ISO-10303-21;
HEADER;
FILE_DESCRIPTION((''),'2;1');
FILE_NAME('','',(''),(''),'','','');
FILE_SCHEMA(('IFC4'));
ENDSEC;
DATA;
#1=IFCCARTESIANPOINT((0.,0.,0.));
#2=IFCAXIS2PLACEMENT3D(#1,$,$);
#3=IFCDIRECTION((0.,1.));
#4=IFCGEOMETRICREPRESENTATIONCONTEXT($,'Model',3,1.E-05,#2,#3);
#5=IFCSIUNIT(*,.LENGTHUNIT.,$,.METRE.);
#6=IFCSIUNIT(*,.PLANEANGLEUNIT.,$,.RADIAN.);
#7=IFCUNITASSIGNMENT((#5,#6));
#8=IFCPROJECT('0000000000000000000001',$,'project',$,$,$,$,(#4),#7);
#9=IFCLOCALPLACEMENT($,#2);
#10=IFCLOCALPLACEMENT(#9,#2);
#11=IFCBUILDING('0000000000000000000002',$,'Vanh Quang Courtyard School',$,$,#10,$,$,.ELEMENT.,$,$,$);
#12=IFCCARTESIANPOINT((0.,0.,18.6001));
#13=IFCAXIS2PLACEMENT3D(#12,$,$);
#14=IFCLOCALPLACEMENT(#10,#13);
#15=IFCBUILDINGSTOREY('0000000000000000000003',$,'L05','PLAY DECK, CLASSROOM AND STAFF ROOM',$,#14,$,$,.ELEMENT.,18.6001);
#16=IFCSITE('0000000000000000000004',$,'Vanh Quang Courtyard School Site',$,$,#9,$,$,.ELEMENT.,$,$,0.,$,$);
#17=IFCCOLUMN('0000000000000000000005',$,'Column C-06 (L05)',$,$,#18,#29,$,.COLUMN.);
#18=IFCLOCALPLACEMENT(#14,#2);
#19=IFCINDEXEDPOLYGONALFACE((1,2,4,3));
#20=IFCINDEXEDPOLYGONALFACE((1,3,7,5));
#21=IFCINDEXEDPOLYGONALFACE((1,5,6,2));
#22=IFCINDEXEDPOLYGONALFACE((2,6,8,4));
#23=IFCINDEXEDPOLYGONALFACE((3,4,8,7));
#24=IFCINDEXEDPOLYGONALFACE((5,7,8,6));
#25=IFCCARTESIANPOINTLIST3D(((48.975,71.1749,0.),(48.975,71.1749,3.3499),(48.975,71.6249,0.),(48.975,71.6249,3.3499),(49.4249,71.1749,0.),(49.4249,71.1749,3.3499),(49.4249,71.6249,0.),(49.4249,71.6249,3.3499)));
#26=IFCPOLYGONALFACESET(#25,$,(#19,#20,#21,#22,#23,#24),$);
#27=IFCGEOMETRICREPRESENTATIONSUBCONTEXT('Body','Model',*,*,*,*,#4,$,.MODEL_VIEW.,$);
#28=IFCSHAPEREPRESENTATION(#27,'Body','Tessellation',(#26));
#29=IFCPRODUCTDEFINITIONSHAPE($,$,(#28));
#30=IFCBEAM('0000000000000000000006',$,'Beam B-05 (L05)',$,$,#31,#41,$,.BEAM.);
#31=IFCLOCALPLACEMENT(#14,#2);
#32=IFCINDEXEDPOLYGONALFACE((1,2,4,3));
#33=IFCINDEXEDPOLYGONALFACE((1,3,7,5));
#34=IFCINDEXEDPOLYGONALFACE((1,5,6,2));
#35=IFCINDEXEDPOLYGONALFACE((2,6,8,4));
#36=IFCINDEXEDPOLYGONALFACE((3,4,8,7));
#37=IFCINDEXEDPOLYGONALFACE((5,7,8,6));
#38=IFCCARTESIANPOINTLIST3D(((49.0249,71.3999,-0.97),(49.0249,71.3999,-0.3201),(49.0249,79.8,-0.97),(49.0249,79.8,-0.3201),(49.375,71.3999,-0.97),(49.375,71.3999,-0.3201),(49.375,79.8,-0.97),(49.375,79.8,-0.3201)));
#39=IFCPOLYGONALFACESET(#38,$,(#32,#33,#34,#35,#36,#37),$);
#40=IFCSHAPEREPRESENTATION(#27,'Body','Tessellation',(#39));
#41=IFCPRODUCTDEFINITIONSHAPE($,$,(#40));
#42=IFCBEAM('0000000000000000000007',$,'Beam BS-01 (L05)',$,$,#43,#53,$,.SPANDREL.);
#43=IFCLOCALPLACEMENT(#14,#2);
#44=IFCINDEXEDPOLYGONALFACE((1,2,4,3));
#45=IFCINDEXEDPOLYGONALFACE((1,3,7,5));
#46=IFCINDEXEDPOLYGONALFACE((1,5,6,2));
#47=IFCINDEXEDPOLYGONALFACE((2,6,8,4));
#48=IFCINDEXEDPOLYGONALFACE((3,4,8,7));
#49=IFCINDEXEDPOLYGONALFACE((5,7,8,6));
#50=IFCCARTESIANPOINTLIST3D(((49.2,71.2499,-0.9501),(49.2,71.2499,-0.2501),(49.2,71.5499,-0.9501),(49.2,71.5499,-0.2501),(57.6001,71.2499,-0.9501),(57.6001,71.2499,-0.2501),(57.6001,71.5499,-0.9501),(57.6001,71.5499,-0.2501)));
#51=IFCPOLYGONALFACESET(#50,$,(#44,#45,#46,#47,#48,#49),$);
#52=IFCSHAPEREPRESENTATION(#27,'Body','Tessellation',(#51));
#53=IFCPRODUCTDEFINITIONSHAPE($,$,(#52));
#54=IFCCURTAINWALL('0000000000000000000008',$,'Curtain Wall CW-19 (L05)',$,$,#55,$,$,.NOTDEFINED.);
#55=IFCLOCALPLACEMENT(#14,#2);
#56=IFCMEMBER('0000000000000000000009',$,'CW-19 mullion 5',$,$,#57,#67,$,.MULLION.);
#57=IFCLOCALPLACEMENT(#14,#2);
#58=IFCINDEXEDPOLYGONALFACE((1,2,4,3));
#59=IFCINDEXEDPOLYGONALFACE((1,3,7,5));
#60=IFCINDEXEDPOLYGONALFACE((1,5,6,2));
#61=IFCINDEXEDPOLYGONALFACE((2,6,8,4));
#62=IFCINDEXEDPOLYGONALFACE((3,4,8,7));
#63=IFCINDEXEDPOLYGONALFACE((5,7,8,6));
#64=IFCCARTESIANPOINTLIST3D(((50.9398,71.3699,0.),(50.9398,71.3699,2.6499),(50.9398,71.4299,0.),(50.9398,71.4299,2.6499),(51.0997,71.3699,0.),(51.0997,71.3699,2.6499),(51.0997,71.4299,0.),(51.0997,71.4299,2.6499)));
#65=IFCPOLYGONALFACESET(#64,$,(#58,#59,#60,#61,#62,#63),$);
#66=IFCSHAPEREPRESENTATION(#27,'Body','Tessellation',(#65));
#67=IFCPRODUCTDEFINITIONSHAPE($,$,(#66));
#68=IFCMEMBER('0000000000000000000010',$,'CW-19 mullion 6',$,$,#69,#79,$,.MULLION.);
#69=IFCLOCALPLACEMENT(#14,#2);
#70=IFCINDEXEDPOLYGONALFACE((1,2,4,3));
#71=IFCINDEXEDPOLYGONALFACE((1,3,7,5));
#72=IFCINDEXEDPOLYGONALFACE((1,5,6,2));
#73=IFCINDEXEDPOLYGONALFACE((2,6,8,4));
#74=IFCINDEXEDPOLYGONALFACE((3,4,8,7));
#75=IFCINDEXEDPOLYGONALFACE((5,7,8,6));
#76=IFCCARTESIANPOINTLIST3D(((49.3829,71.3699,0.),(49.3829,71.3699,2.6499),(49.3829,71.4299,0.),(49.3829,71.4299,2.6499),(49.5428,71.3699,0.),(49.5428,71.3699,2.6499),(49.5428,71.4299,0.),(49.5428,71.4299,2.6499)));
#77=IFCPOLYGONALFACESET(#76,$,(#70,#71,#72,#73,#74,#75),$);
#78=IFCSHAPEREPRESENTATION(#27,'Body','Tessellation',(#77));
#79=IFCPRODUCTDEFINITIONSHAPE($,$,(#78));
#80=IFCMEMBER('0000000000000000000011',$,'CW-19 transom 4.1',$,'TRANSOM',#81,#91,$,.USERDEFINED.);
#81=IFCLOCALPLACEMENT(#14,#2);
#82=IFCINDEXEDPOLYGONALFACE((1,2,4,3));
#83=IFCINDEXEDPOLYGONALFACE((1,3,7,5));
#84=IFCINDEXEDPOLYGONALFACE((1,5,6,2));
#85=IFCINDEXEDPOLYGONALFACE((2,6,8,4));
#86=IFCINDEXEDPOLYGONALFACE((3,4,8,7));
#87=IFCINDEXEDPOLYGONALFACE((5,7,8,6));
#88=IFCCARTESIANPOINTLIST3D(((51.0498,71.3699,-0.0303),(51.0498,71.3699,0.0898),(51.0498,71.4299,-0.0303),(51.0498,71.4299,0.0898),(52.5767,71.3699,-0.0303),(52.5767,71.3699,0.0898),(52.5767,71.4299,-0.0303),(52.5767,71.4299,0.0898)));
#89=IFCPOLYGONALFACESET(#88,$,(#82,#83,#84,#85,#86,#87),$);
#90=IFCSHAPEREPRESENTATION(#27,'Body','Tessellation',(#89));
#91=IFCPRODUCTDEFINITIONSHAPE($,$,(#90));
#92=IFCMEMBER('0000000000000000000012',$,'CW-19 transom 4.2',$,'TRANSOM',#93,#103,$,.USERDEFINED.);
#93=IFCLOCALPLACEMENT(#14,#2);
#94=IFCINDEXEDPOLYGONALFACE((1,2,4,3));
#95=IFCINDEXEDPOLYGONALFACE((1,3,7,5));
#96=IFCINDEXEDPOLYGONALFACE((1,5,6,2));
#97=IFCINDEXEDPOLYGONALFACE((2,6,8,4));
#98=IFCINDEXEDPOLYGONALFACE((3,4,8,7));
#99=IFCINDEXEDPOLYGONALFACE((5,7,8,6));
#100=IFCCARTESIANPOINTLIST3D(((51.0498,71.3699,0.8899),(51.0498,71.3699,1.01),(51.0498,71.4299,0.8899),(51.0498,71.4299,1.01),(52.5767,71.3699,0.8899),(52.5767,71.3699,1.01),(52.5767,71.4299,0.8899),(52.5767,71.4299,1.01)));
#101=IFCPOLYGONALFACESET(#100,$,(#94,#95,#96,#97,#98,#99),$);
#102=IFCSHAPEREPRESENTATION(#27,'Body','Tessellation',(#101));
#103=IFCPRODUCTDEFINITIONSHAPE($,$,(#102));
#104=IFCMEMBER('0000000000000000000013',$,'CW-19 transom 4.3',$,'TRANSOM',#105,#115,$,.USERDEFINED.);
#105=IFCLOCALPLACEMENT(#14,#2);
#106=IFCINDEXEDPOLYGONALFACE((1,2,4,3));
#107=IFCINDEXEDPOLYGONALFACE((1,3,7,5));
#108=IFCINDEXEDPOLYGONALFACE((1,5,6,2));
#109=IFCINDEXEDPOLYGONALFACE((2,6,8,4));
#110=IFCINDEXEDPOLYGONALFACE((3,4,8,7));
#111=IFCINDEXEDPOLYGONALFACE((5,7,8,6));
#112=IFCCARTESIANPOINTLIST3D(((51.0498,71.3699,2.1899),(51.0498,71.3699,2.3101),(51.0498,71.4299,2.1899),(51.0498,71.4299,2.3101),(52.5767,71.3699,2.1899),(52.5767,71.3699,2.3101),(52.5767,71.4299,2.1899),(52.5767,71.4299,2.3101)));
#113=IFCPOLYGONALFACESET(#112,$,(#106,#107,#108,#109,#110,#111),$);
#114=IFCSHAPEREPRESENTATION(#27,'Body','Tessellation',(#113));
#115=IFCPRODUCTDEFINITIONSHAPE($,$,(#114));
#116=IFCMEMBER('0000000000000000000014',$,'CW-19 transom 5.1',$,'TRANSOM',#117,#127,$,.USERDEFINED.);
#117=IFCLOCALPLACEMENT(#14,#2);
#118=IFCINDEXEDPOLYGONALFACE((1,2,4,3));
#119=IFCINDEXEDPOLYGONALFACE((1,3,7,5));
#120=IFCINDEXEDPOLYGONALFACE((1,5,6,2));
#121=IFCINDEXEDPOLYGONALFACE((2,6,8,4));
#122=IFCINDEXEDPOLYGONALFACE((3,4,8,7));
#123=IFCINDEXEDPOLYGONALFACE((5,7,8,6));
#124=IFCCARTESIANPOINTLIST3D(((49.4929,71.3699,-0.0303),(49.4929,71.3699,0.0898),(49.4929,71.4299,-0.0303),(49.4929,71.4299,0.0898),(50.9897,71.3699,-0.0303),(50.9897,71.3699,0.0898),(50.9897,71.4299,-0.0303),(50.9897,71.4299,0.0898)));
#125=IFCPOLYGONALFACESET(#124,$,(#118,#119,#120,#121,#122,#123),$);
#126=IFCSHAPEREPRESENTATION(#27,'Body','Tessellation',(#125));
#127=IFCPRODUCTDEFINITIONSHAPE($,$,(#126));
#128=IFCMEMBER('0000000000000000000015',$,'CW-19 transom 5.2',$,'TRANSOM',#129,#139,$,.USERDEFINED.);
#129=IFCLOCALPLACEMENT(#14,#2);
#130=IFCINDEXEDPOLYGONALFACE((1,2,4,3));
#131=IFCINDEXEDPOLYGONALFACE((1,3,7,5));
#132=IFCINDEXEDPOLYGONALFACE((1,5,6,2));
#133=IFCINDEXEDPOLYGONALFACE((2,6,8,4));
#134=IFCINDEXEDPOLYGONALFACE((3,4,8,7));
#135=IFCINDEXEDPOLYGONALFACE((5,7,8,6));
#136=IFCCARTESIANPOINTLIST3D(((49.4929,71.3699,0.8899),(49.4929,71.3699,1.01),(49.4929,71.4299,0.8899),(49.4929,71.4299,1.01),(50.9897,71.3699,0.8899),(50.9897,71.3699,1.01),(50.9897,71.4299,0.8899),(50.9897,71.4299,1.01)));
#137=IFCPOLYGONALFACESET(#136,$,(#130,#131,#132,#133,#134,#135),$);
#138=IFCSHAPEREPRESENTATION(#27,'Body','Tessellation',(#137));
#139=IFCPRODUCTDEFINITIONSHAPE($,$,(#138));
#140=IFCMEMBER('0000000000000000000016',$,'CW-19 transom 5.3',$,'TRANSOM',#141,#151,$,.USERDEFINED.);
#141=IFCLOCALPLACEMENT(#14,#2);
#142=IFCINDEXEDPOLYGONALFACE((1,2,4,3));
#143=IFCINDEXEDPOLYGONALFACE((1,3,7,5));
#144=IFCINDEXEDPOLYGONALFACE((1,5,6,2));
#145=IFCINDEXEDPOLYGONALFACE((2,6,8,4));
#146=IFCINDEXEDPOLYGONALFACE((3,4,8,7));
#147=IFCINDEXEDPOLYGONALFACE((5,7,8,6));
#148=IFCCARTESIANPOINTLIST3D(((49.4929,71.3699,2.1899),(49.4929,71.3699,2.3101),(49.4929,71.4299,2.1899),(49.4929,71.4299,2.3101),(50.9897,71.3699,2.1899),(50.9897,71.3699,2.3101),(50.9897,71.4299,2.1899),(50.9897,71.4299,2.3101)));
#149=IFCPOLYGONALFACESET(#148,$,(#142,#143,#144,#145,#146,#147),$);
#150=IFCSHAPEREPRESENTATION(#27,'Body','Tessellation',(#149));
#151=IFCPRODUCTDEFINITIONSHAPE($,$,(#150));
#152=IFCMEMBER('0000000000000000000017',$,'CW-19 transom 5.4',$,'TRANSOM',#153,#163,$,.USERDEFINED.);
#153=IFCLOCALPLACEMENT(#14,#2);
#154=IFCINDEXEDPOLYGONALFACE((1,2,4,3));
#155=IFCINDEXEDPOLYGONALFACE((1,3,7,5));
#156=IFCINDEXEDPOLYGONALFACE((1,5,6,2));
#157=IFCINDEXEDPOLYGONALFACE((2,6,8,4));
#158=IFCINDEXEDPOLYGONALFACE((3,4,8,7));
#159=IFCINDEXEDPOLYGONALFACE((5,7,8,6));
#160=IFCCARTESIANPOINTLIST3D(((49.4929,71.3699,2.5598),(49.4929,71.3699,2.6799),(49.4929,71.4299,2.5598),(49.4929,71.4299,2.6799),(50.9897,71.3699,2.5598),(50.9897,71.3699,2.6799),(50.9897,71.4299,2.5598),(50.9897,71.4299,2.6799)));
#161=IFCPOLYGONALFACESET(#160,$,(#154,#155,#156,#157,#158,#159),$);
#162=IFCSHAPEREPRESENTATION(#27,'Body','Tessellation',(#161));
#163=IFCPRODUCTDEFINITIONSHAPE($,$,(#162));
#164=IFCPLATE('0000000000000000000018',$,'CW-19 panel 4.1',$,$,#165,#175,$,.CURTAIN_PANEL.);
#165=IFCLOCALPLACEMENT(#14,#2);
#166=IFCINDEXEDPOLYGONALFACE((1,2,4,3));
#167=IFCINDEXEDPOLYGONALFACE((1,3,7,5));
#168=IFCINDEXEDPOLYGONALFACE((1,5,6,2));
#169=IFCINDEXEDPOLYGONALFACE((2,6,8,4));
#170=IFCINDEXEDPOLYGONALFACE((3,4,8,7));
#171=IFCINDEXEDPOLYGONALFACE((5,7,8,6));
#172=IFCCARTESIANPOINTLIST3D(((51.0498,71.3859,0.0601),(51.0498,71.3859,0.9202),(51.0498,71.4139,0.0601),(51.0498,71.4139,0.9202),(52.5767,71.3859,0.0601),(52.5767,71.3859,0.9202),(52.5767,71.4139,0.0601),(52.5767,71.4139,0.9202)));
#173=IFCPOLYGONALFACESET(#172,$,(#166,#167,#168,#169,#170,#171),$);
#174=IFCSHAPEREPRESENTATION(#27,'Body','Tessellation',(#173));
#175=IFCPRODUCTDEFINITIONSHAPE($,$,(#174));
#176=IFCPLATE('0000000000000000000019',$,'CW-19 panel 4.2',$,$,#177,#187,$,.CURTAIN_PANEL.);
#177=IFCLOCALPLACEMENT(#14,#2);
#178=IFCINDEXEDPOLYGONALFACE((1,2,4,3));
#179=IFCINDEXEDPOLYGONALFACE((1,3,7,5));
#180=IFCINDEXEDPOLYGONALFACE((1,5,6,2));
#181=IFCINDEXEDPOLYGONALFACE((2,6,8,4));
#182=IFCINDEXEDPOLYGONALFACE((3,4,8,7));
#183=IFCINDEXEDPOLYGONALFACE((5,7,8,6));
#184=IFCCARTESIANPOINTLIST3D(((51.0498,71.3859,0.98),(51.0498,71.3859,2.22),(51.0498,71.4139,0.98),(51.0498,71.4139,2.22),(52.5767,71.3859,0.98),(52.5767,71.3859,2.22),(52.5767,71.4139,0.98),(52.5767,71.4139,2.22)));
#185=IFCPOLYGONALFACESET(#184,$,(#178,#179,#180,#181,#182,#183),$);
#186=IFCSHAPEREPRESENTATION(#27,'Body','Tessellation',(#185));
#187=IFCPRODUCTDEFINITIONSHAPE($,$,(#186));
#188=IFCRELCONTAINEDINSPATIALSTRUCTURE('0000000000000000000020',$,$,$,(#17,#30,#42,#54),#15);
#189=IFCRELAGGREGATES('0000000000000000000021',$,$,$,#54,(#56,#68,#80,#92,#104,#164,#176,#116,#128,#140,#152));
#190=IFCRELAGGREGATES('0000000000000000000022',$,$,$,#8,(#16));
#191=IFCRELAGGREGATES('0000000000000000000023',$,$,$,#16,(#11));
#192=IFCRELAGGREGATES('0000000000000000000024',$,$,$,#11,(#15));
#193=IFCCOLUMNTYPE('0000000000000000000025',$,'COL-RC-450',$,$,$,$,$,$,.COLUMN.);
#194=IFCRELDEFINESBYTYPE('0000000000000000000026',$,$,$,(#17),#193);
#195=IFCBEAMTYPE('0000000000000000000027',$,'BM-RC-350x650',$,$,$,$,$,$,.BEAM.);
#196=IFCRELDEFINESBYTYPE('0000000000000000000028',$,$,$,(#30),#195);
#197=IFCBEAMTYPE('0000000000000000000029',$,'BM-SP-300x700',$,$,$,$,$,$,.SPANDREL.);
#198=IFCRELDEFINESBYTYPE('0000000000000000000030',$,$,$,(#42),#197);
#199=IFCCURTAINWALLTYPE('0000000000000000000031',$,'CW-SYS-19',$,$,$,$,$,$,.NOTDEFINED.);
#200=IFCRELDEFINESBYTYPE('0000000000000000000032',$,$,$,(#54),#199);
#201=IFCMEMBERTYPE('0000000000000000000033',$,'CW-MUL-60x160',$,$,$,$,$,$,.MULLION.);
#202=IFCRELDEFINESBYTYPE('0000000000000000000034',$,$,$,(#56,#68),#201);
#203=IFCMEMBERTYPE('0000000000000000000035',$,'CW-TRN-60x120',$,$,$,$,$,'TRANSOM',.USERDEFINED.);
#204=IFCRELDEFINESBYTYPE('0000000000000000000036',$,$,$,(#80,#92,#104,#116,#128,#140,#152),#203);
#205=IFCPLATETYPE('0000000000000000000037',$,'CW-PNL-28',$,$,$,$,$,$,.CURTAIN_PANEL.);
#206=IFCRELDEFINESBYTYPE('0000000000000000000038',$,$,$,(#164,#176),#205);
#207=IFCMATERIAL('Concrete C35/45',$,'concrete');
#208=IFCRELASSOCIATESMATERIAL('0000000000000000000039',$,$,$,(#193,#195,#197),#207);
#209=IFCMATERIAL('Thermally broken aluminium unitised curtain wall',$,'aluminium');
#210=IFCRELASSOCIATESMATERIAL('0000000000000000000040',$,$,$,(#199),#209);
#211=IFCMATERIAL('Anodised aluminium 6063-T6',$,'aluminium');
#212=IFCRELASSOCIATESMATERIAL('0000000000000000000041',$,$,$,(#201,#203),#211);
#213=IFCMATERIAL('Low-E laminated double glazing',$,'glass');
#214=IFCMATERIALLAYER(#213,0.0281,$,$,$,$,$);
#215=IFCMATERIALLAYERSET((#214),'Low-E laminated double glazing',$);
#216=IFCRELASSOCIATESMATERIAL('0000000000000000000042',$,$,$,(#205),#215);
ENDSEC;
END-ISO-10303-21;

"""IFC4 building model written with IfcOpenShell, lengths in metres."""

from ifc_helpers import new_model, si_unit, direction, frame, origin, origin_2d, place, context, subcontext, project, spatial, rectangle, extrude, material, layer, layer_set, material_profile, profile_set, type_object, element, aggregate, save


model = new_model("IFC4")

# Units and contexts
model_context = context("Model", 3, precision=1e-05, world=origin(), true_north=direction((0.0, 1.0)))
body_context = subcontext(model_context, "Body", "Model", "MODEL_VIEW")
ifc_project = project(units=[si_unit("LENGTHUNIT", "METRE"), si_unit("PLANEANGLEUNIT", "RADIAN")], contexts=[model_context])

# Site, building, storey
site_placement = place(None, origin())
site = spatial("IfcSite", under=ifc_project, at=site_placement, Name="Vanh Quang Courtyard School Site", CompositionType="ELEMENT", RefElevation=0.0)
building_placement = place(site_placement, origin())
building = spatial("IfcBuilding", under=site, at=building_placement, Name="Vanh Quang Courtyard School", CompositionType="ELEMENT")
storey_placement = place(building_placement, frame((0.0, 0.0, 18.6001)))
storey = spatial("IfcBuildingStorey", under=building, at=storey_placement, Name="L05", Description="PLAY DECK, CLASSROOM AND STAFF ROOM", CompositionType="ELEMENT", Elevation=18.6001)

# Column
ifc_material_1 = material(Name="Concrete C35/45", Category="concrete")
ifc_material_profile_1 = material_profile(ifc_material_1, rectangle(XDim=0.45, YDim=0.45, at=origin_2d()), Name="RC-COL 450x450")
ifc_profile_set_1 = profile_set([ifc_material_profile_1], Name="Concrete C35/45")
column_type = type_object("IfcColumnType", Name="COL-RC-450", PredefinedType="COLUMN", material=ifc_profile_set_1)
column_placement = place(storey_placement, frame((49.2, 71.3999, 0.0), z_axis=(0.0, 0.0, 1.0), x_axis=(1.0, 0.0, 0.0)))
element("IfcColumn", 1, at=column_placement, inside=storey, type_object=column_type, Name="Column C-06 (L05)", PredefinedType="COLUMN", context=body_context, shape_type="SweptSolid", body=[
    extrude(rectangle(XDim=0.45, YDim=0.45, at=origin_2d()), origin(), (0.0, 0.0, 1.0), 3.3499),
])

# Beams
ifc_material_profile_2 = material_profile(ifc_material_1, rectangle(XDim=0.3501, YDim=0.6499, at=origin_2d()), Name="RC-BM 350x650")
ifc_profile_set_2 = profile_set([ifc_material_profile_2], Name="Concrete C35/45")
beam_type_1 = type_object("IfcBeamType", Name="BM-RC-350x650", PredefinedType="BEAM", material=ifc_profile_set_2)
beam_1_placement = place(storey_placement, frame((49.2, 71.3999, -0.645), z_axis=(0.0, 1.0, 0.0), x_axis=(-1.0, 0.0, 0.0)))
element("IfcBeam", 2, at=beam_1_placement, inside=storey, type_object=beam_type_1, Name="Beam B-05 (L05)", PredefinedType="BEAM", context=body_context, shape_type="SweptSolid", body=[
    extrude(rectangle(XDim=0.3501, YDim=0.6499, at=origin_2d()), origin(), (0.0, 0.0, 1.0), 8.4001),
])
ifc_material_profile_3 = material_profile(ifc_material_1, rectangle(XDim=0.3, YDim=0.7, at=origin_2d()), Name="RC-SP 300x700")
ifc_profile_set_3 = profile_set([ifc_material_profile_3], Name="Concrete C35/45")
beam_type_2 = type_object("IfcBeamType", Name="BM-SP-300x700", PredefinedType="SPANDREL", material=ifc_profile_set_3)
beam_2_placement = place(storey_placement, frame((49.2, 71.3999, -0.6001), z_axis=(1.0, 0.0, 0.0), x_axis=(0.0, 1.0, 0.0)))
element("IfcBeam", 3, at=beam_2_placement, inside=storey, type_object=beam_type_2, Name="Beam BS-01 (L05)", PredefinedType="SPANDREL", context=body_context, shape_type="SweptSolid", body=[
    extrude(rectangle(XDim=0.3, YDim=0.7, at=origin_2d()), origin(), (0.0, 0.0, 1.0), 8.4001),
])

# Curtain wall, members, plates
ifc_material_2 = material(Name="Thermally broken aluminium unitised curtain wall", Category="aluminium")
curtain_wall_type = type_object("IfcCurtainWallType", Name="CW-SYS-19", PredefinedType="NOTDEFINED", material=ifc_material_2)
curtain_wall_placement = place(storey_placement, origin())
curtain_wall = element("IfcCurtainWall", 4, at=curtain_wall_placement, inside=storey, type_object=curtain_wall_type, Name="Curtain Wall CW-19 (L05)", PredefinedType="NOTDEFINED")
ifc_material_3 = material(Name="Anodised aluminium 6063-T6", Category="aluminium")
ifc_material_profile_4 = material_profile(ifc_material_3, rectangle(XDim=0.0601, YDim=0.1599, at=origin_2d()), Name="ALU-MUL 60x160")
ifc_profile_set_4 = profile_set([ifc_material_profile_4], Name="Anodised aluminium 6063-T6")
member_type_1 = type_object("IfcMemberType", Name="CW-MUL-60x160", PredefinedType="MULLION", material=ifc_profile_set_4)
member_1_placement = place(storey_placement, frame((51.0198, 71.3999, 0.0), z_axis=(0.0, 0.0, 1.0), x_axis=(0.0, -1.0, 0.0)))
member_1 = element("IfcMember", 5, at=member_1_placement, type_object=member_type_1, Name="CW-19 mullion 5", PredefinedType="MULLION", context=body_context, shape_type="SweptSolid", body=[
    extrude(rectangle(XDim=0.0601, YDim=0.1599, at=origin_2d()), origin(), (0.0, 0.0, 1.0), 2.6499),
])
member_2_placement = place(storey_placement, frame((49.4629, 71.3999, 0.0), z_axis=(0.0, 0.0, 1.0), x_axis=(0.0, -1.0, 0.0)))
member_2 = element("IfcMember", 6, at=member_2_placement, type_object=member_type_1, Name="CW-19 mullion 6", PredefinedType="MULLION", context=body_context, shape_type="SweptSolid", body=[
    extrude(rectangle(XDim=0.0601, YDim=0.1599, at=origin_2d()), origin(), (0.0, 0.0, 1.0), 2.6499),
])
ifc_material_profile_5 = material_profile(ifc_material_3, rectangle(XDim=0.0601, YDim=0.1201, at=origin_2d()), Name="ALU-TRN 60x120")
ifc_profile_set_5 = profile_set([ifc_material_profile_5], Name="Anodised aluminium 6063-T6")
member_type_2 = type_object("IfcMemberType", Name="CW-TRN-60x120", ElementType="TRANSOM", PredefinedType="USERDEFINED", material=ifc_profile_set_5)
member_3_placement = place(storey_placement, frame((52.5767, 71.3999, 0.0298), z_axis=(-1.0, 0.0, 0.0), x_axis=(0.0, -1.0, 0.0)))
member_3 = element("IfcMember", 7, at=member_3_placement, type_object=member_type_2, Name="CW-19 transom 4.1", ObjectType="TRANSOM", PredefinedType="USERDEFINED", context=body_context, shape_type="SweptSolid", body=[
    extrude(rectangle(XDim=0.0601, YDim=0.1201, at=origin_2d()), origin(), (0.0, 0.0, 1.0), 1.5269),
])
member_4_placement = place(storey_placement, frame((52.5767, 71.3999, 0.95), z_axis=(-1.0, 0.0, 0.0), x_axis=(0.0, -1.0, 0.0)))
member_4 = element("IfcMember", 8, at=member_4_placement, type_object=member_type_2, Name="CW-19 transom 4.2", ObjectType="TRANSOM", PredefinedType="USERDEFINED", context=body_context, shape_type="SweptSolid", body=[
    extrude(rectangle(XDim=0.0601, YDim=0.1201, at=origin_2d()), origin(), (0.0, 0.0, 1.0), 1.5269),
])
member_5_placement = place(storey_placement, frame((52.5767, 71.3999, 2.25), z_axis=(-1.0, 0.0, 0.0), x_axis=(0.0, -1.0, 0.0)))
member_5 = element("IfcMember", 9, at=member_5_placement, type_object=member_type_2, Name="CW-19 transom 4.3", ObjectType="TRANSOM", PredefinedType="USERDEFINED", context=body_context, shape_type="SweptSolid", body=[
    extrude(rectangle(XDim=0.0601, YDim=0.1201, at=origin_2d()), origin(), (0.0, 0.0, 1.0), 1.5269),
])
member_6_placement = place(storey_placement, frame((50.9897, 71.3999, 0.0298), z_axis=(-1.0, 0.0, 0.0), x_axis=(0.0, -1.0, 0.0)))
member_6 = element("IfcMember", 10, at=member_6_placement, type_object=member_type_2, Name="CW-19 transom 5.1", ObjectType="TRANSOM", PredefinedType="USERDEFINED", context=body_context, shape_type="SweptSolid", body=[
    extrude(rectangle(XDim=0.0601, YDim=0.1201, at=origin_2d()), origin(), (0.0, 0.0, 1.0), 1.4968),
])
member_7_placement = place(storey_placement, frame((50.9897, 71.3999, 0.95), z_axis=(-1.0, 0.0, 0.0), x_axis=(0.0, -1.0, 0.0)))
member_7 = element("IfcMember", 11, at=member_7_placement, type_object=member_type_2, Name="CW-19 transom 5.2", ObjectType="TRANSOM", PredefinedType="USERDEFINED", context=body_context, shape_type="SweptSolid", body=[
    extrude(rectangle(XDim=0.0601, YDim=0.1201, at=origin_2d()), origin(), (0.0, 0.0, 1.0), 1.4968),
])
member_8_placement = place(storey_placement, frame((50.9897, 71.3999, 2.25), z_axis=(-1.0, 0.0, 0.0), x_axis=(0.0, -1.0, 0.0)))
member_8 = element("IfcMember", 12, at=member_8_placement, type_object=member_type_2, Name="CW-19 transom 5.3", ObjectType="TRANSOM", PredefinedType="USERDEFINED", context=body_context, shape_type="SweptSolid", body=[
    extrude(rectangle(XDim=0.0601, YDim=0.1201, at=origin_2d()), origin(), (0.0, 0.0, 1.0), 1.4968),
])
member_9_placement = place(storey_placement, frame((50.9897, 71.3999, 2.6199), z_axis=(-1.0, 0.0, 0.0), x_axis=(0.0, -1.0, 0.0)))
member_9 = element("IfcMember", 13, at=member_9_placement, type_object=member_type_2, Name="CW-19 transom 5.4", ObjectType="TRANSOM", PredefinedType="USERDEFINED", context=body_context, shape_type="SweptSolid", body=[
    extrude(rectangle(XDim=0.0601, YDim=0.1201, at=origin_2d()), origin(), (0.0, 0.0, 1.0), 1.4968),
])
ifc_material_4 = material(Name="Low-E laminated double glazing", Category="glass")
ifc_layer_1 = layer(ifc_material_4, 0.0281)
ifc_layer_set_1 = layer_set([ifc_layer_1], Name="Low-E laminated double glazing")
plate_type = type_object("IfcPlateType", Name="CW-PNL-28", PredefinedType="CURTAIN_PANEL", material=ifc_layer_set_1)
plate_1_placement = place(storey_placement, frame((51.8132, 71.3999, 0.0601), z_axis=(0.0, 0.0, 1.0), x_axis=(-1.0, 0.0, 0.0)))
plate_1 = element("IfcPlate", 14, at=plate_1_placement, type_object=plate_type, Name="CW-19 panel 4.1", PredefinedType="CURTAIN_PANEL", context=body_context, shape_type="SweptSolid", body=[
    extrude(rectangle(XDim=1.5269, YDim=0.0281, at=origin_2d()), origin(), (0.0, 0.0, 1.0), 0.8601),
])
plate_2_placement = place(storey_placement, frame((51.8132, 71.3999, 0.98), z_axis=(0.0, 0.0, 1.0), x_axis=(-1.0, 0.0, 0.0)))
plate_2 = element("IfcPlate", 15, at=plate_2_placement, type_object=plate_type, Name="CW-19 panel 4.2", PredefinedType="CURTAIN_PANEL", context=body_context, shape_type="SweptSolid", body=[
    extrude(rectangle(XDim=1.5269, YDim=0.0281, at=origin_2d()), origin(), (0.0, 0.0, 1.0), 1.24),
])
aggregate(curtain_wall, [member_1, member_2, member_3, member_4, member_5, plate_1, plate_2, member_6, member_7, member_8, member_9])

save(model, "model.ifc")
